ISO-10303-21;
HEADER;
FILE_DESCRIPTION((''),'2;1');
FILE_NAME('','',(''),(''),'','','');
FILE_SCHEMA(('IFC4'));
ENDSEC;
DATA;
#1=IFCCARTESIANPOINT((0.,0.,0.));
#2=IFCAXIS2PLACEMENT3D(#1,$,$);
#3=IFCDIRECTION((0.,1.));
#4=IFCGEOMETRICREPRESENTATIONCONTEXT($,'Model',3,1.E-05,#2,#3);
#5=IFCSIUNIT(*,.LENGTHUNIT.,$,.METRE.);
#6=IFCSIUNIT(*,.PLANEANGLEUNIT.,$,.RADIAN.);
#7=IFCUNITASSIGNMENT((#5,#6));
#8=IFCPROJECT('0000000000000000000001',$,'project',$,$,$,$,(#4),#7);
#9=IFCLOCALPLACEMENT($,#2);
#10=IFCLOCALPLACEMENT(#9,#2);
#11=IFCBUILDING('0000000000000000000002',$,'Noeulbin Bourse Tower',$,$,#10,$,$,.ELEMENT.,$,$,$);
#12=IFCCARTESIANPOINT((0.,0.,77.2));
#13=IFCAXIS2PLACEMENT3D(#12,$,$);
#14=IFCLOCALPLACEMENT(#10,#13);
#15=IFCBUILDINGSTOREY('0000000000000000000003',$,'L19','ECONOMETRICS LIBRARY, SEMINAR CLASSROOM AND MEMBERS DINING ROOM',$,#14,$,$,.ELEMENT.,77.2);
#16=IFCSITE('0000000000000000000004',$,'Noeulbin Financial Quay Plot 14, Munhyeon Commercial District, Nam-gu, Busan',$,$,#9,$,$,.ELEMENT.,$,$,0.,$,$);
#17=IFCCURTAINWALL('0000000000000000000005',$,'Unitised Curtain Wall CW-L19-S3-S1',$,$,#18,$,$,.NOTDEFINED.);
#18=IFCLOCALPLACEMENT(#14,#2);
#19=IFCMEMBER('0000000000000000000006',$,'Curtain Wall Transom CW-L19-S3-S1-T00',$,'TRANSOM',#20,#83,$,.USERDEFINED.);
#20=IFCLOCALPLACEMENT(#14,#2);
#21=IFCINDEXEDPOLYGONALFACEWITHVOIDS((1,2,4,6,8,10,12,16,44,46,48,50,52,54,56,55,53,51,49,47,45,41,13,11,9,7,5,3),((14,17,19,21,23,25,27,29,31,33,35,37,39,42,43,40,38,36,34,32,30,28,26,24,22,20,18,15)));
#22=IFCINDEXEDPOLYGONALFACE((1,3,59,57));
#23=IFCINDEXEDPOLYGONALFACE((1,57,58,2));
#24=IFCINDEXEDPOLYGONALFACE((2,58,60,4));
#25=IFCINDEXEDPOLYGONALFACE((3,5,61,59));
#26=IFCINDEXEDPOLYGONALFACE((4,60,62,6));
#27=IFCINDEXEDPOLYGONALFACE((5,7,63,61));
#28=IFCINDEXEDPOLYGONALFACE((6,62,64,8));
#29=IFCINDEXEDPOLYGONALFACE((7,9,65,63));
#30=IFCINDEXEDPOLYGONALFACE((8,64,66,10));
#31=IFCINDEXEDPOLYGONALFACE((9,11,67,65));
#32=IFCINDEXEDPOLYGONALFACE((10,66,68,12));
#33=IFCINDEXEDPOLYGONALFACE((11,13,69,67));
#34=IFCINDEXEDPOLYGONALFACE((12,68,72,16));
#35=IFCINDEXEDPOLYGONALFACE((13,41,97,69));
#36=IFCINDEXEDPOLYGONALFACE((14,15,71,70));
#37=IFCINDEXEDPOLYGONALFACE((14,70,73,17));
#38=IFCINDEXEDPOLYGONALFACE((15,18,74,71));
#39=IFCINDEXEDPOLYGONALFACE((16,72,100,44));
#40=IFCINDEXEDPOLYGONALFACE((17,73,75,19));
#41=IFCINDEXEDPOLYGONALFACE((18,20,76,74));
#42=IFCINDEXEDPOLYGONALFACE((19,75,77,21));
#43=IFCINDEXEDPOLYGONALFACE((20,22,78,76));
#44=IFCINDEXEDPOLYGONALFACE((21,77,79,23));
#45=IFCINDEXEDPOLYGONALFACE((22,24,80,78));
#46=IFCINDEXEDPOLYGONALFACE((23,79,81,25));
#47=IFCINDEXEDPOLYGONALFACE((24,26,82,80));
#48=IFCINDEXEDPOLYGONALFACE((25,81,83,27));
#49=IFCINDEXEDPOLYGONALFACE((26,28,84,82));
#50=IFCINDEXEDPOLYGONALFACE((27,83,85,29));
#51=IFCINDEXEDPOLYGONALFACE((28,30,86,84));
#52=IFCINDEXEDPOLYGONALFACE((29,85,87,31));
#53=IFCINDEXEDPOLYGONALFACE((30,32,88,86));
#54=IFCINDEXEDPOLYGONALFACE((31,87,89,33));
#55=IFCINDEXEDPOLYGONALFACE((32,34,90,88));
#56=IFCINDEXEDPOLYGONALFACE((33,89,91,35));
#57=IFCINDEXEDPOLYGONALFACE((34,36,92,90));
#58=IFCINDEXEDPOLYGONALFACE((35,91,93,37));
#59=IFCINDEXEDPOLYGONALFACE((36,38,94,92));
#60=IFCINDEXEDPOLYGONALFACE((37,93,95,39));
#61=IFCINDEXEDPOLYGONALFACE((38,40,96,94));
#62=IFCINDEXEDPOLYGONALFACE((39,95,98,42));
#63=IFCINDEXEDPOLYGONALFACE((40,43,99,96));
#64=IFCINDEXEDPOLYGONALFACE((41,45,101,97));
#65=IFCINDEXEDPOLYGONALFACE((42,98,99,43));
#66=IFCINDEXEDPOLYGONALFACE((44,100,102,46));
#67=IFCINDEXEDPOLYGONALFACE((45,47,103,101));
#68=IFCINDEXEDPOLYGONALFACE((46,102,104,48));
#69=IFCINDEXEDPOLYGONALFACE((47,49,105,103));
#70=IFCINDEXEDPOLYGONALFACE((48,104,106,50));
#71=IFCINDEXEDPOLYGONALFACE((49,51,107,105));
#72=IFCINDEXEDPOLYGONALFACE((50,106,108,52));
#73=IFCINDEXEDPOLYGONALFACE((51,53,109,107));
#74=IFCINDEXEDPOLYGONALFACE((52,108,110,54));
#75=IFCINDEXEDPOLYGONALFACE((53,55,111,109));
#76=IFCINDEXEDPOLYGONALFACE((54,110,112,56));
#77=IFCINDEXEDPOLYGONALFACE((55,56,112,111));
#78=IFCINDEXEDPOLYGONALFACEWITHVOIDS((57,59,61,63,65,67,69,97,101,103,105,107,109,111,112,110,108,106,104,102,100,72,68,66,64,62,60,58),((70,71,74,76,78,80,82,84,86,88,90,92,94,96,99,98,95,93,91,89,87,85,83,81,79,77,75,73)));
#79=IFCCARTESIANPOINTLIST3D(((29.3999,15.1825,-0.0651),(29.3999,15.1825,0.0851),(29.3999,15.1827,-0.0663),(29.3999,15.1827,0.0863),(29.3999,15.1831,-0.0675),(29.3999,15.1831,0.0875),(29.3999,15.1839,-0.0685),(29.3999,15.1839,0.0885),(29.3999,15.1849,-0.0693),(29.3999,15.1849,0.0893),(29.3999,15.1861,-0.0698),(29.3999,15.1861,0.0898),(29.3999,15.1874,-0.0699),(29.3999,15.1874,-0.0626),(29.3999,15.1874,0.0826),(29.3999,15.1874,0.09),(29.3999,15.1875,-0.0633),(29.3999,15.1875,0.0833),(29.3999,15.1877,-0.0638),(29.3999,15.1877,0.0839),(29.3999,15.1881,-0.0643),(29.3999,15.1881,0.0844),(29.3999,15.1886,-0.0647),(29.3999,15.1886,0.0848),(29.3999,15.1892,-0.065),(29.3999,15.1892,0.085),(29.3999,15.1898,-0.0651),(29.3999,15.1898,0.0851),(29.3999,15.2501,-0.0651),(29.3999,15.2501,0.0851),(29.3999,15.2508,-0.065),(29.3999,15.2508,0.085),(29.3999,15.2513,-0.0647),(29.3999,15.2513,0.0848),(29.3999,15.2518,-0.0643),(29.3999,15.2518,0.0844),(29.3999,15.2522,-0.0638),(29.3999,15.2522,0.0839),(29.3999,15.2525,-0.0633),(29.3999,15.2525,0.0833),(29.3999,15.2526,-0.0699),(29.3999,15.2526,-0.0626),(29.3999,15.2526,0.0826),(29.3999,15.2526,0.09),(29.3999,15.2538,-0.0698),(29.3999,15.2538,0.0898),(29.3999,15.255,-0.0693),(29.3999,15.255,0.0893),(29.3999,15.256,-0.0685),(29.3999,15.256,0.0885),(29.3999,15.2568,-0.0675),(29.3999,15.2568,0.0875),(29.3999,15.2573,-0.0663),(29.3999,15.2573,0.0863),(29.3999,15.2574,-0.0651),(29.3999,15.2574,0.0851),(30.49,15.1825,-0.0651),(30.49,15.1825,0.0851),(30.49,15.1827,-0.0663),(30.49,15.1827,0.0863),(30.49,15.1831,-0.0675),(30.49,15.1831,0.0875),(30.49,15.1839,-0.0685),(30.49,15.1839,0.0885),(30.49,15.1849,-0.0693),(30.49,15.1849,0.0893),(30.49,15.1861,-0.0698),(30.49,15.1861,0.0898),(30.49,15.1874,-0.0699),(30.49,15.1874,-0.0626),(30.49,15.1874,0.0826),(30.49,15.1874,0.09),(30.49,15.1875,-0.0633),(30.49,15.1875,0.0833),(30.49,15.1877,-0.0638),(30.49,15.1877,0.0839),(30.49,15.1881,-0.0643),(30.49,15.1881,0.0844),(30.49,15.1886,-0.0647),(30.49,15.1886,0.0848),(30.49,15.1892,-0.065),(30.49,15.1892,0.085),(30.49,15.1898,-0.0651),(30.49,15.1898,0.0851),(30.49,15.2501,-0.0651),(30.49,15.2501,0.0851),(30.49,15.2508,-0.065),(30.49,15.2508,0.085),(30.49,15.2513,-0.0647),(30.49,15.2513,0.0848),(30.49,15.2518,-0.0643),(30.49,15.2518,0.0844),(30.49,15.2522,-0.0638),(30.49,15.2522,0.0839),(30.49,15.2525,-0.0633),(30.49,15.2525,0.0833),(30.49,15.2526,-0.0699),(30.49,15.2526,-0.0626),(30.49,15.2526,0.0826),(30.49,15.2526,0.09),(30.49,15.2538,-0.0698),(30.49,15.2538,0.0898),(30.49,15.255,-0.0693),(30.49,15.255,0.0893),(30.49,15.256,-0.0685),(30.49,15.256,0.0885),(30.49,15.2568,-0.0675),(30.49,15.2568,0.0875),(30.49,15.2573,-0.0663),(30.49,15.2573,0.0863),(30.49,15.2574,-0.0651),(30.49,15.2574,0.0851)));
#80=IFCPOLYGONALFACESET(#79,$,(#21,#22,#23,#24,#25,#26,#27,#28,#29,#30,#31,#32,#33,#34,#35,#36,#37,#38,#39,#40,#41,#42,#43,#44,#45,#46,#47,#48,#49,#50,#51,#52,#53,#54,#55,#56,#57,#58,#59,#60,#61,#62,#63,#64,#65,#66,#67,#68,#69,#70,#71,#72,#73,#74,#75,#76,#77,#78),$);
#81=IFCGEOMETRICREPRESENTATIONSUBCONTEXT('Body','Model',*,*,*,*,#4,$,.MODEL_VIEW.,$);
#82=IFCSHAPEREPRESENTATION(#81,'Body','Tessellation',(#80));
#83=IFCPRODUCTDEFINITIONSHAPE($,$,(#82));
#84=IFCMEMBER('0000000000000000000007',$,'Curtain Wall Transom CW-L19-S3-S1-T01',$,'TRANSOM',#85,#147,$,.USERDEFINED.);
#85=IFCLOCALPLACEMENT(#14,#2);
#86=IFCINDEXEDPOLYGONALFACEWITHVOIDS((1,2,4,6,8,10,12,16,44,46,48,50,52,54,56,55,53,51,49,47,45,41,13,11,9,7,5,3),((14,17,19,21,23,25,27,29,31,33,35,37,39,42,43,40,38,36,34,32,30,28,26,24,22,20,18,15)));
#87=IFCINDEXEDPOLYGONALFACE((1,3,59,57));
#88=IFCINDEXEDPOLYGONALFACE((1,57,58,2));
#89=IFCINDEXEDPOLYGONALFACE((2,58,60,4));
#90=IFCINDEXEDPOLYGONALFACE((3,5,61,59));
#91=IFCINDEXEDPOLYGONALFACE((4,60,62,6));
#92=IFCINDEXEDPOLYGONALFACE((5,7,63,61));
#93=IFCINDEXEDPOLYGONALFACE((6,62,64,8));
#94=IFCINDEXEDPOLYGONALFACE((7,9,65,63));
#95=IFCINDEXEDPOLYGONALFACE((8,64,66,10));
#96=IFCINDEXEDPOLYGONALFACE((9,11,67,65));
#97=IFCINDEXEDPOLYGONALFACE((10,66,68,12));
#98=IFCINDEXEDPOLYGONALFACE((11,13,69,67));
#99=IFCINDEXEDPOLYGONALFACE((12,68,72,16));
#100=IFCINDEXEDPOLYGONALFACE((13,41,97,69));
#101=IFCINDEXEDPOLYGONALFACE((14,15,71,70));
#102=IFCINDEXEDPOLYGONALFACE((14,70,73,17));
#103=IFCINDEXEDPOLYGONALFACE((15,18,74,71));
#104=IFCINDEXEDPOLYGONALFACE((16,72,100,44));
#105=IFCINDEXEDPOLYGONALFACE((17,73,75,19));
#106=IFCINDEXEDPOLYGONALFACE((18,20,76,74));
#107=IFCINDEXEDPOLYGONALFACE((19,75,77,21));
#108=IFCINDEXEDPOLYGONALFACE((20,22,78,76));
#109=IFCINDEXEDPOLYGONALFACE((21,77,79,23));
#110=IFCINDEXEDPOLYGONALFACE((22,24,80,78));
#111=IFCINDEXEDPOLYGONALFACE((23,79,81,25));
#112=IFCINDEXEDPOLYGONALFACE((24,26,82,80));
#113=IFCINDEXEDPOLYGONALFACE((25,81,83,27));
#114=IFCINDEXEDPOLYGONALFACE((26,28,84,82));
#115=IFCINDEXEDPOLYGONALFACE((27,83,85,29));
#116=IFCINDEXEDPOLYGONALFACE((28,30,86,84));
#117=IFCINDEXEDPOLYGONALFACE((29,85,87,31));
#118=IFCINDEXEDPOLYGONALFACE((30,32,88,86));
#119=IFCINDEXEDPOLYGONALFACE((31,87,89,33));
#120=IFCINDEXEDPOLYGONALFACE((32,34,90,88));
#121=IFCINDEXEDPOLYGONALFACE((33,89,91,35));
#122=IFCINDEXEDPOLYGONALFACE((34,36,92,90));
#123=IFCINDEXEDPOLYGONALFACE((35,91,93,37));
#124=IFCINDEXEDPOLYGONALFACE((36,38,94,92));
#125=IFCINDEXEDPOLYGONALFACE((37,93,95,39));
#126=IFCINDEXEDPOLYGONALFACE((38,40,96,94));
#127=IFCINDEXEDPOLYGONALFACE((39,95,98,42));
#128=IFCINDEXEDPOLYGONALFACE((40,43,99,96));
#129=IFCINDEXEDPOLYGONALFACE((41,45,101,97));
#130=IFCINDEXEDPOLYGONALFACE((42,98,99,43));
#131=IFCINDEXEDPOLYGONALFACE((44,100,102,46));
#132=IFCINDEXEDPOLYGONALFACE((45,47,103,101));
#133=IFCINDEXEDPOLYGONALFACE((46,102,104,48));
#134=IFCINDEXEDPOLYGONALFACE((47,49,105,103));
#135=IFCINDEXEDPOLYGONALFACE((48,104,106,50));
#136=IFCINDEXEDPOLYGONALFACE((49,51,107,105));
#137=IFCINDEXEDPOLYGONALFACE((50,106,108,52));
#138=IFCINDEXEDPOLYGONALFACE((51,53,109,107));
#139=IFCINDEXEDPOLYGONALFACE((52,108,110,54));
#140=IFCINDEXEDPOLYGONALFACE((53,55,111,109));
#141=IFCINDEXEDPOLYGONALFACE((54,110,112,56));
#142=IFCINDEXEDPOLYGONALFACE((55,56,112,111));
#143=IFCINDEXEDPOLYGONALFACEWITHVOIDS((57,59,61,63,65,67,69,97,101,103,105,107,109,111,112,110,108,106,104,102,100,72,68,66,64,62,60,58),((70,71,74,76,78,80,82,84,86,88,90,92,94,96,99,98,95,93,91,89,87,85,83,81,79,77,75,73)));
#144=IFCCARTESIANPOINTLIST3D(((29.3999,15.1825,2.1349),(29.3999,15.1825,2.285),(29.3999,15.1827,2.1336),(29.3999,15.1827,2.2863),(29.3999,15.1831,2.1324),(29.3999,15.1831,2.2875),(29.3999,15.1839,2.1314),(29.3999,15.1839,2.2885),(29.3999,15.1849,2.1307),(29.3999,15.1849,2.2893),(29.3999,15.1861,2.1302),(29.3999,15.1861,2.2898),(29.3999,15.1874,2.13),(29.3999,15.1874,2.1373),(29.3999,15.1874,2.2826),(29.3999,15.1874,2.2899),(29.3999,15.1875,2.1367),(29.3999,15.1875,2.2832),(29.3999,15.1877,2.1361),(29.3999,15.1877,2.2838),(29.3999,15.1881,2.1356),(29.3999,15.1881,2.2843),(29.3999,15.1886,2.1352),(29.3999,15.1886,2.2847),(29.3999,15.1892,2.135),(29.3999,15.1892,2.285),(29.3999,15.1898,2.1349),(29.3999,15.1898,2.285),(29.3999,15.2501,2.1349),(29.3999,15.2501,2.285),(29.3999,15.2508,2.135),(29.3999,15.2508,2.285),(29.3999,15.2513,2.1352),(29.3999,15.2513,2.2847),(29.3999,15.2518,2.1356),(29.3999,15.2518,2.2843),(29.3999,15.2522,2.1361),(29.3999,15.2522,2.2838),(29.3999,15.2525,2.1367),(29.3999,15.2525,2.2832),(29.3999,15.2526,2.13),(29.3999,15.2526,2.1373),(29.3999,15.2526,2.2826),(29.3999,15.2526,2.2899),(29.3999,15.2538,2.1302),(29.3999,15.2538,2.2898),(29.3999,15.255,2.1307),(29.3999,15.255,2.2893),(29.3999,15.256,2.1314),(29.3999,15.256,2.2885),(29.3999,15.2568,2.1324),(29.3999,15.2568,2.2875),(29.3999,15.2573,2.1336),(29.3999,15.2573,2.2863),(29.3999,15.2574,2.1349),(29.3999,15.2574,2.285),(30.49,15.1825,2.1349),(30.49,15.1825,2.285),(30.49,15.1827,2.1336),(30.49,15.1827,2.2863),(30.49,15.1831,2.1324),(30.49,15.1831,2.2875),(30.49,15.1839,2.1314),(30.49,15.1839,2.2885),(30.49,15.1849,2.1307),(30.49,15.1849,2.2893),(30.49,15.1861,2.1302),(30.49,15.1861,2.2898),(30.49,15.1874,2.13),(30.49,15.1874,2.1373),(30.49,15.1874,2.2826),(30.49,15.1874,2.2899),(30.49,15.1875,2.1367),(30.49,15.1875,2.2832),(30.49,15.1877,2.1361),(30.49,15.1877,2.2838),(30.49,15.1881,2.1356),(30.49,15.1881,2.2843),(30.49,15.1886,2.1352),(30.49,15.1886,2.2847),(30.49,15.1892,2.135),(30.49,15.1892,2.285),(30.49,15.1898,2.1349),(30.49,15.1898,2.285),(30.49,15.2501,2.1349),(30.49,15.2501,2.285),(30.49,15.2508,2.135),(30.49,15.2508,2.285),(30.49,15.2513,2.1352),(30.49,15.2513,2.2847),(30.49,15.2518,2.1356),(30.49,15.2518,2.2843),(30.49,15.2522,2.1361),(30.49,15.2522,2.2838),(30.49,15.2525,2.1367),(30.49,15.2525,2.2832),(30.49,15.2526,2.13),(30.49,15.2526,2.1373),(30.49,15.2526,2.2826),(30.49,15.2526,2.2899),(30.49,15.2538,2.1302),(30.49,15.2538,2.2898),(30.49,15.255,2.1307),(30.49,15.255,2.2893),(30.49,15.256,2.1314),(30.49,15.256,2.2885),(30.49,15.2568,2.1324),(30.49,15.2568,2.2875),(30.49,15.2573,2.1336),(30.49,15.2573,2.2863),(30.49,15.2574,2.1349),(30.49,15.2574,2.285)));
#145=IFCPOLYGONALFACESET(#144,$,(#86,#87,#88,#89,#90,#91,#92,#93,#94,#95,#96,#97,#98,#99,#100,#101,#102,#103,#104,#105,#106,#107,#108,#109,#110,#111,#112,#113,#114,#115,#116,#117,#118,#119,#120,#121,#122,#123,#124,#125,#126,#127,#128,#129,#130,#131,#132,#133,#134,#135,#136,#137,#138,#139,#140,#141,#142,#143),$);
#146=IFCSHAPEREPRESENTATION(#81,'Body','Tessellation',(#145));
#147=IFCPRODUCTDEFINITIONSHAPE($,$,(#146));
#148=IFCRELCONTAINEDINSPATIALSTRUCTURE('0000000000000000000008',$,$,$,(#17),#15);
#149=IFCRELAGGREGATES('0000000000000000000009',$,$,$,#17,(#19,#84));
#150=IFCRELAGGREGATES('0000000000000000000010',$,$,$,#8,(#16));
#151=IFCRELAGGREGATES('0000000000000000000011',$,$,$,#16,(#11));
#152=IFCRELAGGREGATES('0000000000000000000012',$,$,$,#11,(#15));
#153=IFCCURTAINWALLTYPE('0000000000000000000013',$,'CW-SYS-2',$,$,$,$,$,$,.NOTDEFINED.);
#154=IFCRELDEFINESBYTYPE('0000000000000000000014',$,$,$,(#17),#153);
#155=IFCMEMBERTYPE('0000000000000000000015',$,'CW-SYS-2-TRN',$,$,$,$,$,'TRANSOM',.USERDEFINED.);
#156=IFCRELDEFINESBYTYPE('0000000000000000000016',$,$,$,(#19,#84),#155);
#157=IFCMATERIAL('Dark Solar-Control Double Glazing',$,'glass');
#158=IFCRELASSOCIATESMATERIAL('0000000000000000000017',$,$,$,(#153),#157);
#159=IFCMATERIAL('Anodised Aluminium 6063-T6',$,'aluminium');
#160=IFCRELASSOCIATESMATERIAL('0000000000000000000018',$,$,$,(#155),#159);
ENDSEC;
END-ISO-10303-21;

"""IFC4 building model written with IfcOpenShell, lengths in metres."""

from ifc_helpers import new_model, si_unit, direction, frame, origin, origin_2d, place, context, subcontext, project, spatial, hollow_rectangle, extrude, material, material_profile, profile_set, type_object, element, aggregate, save


model = new_model("IFC4")

# Units and contexts
model_context = context("Model", 3, precision=1e-05, world=origin(), true_north=direction((0.0, 1.0)))
body_context = subcontext(model_context, "Body", "Model", "MODEL_VIEW")
ifc_project = project(units=[si_unit("LENGTHUNIT", "METRE"), si_unit("PLANEANGLEUNIT", "RADIAN")], contexts=[model_context])

# Site, building, storey
site_placement = place(None, origin())
site = spatial("IfcSite", under=ifc_project, at=site_placement, Name="Noeulbin Financial Quay Plot 14, Munhyeon Commercial District, Nam-gu, Busan", CompositionType="ELEMENT", RefElevation=0.0)
building_placement = place(site_placement, origin())
building = spatial("IfcBuilding", under=site, at=building_placement, Name="Noeulbin Bourse Tower", CompositionType="ELEMENT")
storey_placement = place(building_placement, frame((0.0, 0.0, 77.2)))
storey = spatial("IfcBuildingStorey", under=building, at=storey_placement, Name="L19", Description="ECONOMETRICS LIBRARY, SEMINAR CLASSROOM AND MEMBERS DINING ROOM", CompositionType="ELEMENT", Elevation=77.2)

# Shared definitions
ifc_material_1 = material(Name="Dark Solar-Control Double Glazing", Category="glass")
curtain_wall_type = type_object("IfcCurtainWallType", Name="CW-SYS-2", PredefinedType="NOTDEFINED", material=ifc_material_1)
ifc_material_2 = material(Name="Anodised Aluminium 6063-T6", Category="aluminium")

# Curtain wall
curtain_wall_1_placement = place(storey_placement, origin())
curtain_wall_1 = element("IfcCurtainWall", 1, at=curtain_wall_1_placement, inside=storey, type_object=curtain_wall_type, Name="Unitised Curtain Wall CW-L19-S3-S1", PredefinedType="NOTDEFINED")

# Members
ifc_material_profile_1 = material_profile(ifc_material_2, hollow_rectangle(XDim=0.075, YDim=0.1599, WallThickness=0.0049, InnerFilletRadius=0.0024, OuterFilletRadius=0.0049, at=origin_2d()), Name="ALU-TRAN-75x160x5", Category="LoadBearing")
ifc_profile_set_1 = profile_set([ifc_material_profile_1], Name="Anodised Aluminium 6063-T6")
member_type_1 = type_object("IfcMemberType", Name="CW-SYS-2-TRN", ElementType="TRANSOM", PredefinedType="USERDEFINED", material=ifc_profile_set_1)
member_1_placement = place(storey_placement, frame((29.3999, 15.22, 0.01), z_axis=(1.0, 0.0, 0.0), x_axis=(0.0, 1.0, 0.0)))
member_1 = element("IfcMember", 2, at=member_1_placement, type_object=member_type_1, Name="Curtain Wall Transom CW-L19-S3-S1-T00", ObjectType="TRANSOM", PredefinedType="USERDEFINED", context=body_context, shape_type="SweptSolid", body=[
    extrude(hollow_rectangle(XDim=0.075, YDim=0.1599, WallThickness=0.0049, InnerFilletRadius=0.0024, OuterFilletRadius=0.0049, at=origin_2d()), origin(), (0.0, 0.0, 1.0), 1.0901),
])
member_2_placement = place(storey_placement, frame((29.3999, 15.22, 2.21), z_axis=(1.0, 0.0, 0.0), x_axis=(0.0, 1.0, 0.0)))
member_2 = element("IfcMember", 3, at=member_2_placement, type_object=member_type_1, Name="Curtain Wall Transom CW-L19-S3-S1-T01", ObjectType="TRANSOM", PredefinedType="USERDEFINED", context=body_context, shape_type="SweptSolid", body=[
    extrude(hollow_rectangle(XDim=0.075, YDim=0.1599, WallThickness=0.0049, InnerFilletRadius=0.0024, OuterFilletRadius=0.0049, at=origin_2d()), origin(), (0.0, 0.0, 1.0), 1.0901),
])

aggregate(curtain_wall_1, [member_1, member_2])

save(model, "model.ifc")
